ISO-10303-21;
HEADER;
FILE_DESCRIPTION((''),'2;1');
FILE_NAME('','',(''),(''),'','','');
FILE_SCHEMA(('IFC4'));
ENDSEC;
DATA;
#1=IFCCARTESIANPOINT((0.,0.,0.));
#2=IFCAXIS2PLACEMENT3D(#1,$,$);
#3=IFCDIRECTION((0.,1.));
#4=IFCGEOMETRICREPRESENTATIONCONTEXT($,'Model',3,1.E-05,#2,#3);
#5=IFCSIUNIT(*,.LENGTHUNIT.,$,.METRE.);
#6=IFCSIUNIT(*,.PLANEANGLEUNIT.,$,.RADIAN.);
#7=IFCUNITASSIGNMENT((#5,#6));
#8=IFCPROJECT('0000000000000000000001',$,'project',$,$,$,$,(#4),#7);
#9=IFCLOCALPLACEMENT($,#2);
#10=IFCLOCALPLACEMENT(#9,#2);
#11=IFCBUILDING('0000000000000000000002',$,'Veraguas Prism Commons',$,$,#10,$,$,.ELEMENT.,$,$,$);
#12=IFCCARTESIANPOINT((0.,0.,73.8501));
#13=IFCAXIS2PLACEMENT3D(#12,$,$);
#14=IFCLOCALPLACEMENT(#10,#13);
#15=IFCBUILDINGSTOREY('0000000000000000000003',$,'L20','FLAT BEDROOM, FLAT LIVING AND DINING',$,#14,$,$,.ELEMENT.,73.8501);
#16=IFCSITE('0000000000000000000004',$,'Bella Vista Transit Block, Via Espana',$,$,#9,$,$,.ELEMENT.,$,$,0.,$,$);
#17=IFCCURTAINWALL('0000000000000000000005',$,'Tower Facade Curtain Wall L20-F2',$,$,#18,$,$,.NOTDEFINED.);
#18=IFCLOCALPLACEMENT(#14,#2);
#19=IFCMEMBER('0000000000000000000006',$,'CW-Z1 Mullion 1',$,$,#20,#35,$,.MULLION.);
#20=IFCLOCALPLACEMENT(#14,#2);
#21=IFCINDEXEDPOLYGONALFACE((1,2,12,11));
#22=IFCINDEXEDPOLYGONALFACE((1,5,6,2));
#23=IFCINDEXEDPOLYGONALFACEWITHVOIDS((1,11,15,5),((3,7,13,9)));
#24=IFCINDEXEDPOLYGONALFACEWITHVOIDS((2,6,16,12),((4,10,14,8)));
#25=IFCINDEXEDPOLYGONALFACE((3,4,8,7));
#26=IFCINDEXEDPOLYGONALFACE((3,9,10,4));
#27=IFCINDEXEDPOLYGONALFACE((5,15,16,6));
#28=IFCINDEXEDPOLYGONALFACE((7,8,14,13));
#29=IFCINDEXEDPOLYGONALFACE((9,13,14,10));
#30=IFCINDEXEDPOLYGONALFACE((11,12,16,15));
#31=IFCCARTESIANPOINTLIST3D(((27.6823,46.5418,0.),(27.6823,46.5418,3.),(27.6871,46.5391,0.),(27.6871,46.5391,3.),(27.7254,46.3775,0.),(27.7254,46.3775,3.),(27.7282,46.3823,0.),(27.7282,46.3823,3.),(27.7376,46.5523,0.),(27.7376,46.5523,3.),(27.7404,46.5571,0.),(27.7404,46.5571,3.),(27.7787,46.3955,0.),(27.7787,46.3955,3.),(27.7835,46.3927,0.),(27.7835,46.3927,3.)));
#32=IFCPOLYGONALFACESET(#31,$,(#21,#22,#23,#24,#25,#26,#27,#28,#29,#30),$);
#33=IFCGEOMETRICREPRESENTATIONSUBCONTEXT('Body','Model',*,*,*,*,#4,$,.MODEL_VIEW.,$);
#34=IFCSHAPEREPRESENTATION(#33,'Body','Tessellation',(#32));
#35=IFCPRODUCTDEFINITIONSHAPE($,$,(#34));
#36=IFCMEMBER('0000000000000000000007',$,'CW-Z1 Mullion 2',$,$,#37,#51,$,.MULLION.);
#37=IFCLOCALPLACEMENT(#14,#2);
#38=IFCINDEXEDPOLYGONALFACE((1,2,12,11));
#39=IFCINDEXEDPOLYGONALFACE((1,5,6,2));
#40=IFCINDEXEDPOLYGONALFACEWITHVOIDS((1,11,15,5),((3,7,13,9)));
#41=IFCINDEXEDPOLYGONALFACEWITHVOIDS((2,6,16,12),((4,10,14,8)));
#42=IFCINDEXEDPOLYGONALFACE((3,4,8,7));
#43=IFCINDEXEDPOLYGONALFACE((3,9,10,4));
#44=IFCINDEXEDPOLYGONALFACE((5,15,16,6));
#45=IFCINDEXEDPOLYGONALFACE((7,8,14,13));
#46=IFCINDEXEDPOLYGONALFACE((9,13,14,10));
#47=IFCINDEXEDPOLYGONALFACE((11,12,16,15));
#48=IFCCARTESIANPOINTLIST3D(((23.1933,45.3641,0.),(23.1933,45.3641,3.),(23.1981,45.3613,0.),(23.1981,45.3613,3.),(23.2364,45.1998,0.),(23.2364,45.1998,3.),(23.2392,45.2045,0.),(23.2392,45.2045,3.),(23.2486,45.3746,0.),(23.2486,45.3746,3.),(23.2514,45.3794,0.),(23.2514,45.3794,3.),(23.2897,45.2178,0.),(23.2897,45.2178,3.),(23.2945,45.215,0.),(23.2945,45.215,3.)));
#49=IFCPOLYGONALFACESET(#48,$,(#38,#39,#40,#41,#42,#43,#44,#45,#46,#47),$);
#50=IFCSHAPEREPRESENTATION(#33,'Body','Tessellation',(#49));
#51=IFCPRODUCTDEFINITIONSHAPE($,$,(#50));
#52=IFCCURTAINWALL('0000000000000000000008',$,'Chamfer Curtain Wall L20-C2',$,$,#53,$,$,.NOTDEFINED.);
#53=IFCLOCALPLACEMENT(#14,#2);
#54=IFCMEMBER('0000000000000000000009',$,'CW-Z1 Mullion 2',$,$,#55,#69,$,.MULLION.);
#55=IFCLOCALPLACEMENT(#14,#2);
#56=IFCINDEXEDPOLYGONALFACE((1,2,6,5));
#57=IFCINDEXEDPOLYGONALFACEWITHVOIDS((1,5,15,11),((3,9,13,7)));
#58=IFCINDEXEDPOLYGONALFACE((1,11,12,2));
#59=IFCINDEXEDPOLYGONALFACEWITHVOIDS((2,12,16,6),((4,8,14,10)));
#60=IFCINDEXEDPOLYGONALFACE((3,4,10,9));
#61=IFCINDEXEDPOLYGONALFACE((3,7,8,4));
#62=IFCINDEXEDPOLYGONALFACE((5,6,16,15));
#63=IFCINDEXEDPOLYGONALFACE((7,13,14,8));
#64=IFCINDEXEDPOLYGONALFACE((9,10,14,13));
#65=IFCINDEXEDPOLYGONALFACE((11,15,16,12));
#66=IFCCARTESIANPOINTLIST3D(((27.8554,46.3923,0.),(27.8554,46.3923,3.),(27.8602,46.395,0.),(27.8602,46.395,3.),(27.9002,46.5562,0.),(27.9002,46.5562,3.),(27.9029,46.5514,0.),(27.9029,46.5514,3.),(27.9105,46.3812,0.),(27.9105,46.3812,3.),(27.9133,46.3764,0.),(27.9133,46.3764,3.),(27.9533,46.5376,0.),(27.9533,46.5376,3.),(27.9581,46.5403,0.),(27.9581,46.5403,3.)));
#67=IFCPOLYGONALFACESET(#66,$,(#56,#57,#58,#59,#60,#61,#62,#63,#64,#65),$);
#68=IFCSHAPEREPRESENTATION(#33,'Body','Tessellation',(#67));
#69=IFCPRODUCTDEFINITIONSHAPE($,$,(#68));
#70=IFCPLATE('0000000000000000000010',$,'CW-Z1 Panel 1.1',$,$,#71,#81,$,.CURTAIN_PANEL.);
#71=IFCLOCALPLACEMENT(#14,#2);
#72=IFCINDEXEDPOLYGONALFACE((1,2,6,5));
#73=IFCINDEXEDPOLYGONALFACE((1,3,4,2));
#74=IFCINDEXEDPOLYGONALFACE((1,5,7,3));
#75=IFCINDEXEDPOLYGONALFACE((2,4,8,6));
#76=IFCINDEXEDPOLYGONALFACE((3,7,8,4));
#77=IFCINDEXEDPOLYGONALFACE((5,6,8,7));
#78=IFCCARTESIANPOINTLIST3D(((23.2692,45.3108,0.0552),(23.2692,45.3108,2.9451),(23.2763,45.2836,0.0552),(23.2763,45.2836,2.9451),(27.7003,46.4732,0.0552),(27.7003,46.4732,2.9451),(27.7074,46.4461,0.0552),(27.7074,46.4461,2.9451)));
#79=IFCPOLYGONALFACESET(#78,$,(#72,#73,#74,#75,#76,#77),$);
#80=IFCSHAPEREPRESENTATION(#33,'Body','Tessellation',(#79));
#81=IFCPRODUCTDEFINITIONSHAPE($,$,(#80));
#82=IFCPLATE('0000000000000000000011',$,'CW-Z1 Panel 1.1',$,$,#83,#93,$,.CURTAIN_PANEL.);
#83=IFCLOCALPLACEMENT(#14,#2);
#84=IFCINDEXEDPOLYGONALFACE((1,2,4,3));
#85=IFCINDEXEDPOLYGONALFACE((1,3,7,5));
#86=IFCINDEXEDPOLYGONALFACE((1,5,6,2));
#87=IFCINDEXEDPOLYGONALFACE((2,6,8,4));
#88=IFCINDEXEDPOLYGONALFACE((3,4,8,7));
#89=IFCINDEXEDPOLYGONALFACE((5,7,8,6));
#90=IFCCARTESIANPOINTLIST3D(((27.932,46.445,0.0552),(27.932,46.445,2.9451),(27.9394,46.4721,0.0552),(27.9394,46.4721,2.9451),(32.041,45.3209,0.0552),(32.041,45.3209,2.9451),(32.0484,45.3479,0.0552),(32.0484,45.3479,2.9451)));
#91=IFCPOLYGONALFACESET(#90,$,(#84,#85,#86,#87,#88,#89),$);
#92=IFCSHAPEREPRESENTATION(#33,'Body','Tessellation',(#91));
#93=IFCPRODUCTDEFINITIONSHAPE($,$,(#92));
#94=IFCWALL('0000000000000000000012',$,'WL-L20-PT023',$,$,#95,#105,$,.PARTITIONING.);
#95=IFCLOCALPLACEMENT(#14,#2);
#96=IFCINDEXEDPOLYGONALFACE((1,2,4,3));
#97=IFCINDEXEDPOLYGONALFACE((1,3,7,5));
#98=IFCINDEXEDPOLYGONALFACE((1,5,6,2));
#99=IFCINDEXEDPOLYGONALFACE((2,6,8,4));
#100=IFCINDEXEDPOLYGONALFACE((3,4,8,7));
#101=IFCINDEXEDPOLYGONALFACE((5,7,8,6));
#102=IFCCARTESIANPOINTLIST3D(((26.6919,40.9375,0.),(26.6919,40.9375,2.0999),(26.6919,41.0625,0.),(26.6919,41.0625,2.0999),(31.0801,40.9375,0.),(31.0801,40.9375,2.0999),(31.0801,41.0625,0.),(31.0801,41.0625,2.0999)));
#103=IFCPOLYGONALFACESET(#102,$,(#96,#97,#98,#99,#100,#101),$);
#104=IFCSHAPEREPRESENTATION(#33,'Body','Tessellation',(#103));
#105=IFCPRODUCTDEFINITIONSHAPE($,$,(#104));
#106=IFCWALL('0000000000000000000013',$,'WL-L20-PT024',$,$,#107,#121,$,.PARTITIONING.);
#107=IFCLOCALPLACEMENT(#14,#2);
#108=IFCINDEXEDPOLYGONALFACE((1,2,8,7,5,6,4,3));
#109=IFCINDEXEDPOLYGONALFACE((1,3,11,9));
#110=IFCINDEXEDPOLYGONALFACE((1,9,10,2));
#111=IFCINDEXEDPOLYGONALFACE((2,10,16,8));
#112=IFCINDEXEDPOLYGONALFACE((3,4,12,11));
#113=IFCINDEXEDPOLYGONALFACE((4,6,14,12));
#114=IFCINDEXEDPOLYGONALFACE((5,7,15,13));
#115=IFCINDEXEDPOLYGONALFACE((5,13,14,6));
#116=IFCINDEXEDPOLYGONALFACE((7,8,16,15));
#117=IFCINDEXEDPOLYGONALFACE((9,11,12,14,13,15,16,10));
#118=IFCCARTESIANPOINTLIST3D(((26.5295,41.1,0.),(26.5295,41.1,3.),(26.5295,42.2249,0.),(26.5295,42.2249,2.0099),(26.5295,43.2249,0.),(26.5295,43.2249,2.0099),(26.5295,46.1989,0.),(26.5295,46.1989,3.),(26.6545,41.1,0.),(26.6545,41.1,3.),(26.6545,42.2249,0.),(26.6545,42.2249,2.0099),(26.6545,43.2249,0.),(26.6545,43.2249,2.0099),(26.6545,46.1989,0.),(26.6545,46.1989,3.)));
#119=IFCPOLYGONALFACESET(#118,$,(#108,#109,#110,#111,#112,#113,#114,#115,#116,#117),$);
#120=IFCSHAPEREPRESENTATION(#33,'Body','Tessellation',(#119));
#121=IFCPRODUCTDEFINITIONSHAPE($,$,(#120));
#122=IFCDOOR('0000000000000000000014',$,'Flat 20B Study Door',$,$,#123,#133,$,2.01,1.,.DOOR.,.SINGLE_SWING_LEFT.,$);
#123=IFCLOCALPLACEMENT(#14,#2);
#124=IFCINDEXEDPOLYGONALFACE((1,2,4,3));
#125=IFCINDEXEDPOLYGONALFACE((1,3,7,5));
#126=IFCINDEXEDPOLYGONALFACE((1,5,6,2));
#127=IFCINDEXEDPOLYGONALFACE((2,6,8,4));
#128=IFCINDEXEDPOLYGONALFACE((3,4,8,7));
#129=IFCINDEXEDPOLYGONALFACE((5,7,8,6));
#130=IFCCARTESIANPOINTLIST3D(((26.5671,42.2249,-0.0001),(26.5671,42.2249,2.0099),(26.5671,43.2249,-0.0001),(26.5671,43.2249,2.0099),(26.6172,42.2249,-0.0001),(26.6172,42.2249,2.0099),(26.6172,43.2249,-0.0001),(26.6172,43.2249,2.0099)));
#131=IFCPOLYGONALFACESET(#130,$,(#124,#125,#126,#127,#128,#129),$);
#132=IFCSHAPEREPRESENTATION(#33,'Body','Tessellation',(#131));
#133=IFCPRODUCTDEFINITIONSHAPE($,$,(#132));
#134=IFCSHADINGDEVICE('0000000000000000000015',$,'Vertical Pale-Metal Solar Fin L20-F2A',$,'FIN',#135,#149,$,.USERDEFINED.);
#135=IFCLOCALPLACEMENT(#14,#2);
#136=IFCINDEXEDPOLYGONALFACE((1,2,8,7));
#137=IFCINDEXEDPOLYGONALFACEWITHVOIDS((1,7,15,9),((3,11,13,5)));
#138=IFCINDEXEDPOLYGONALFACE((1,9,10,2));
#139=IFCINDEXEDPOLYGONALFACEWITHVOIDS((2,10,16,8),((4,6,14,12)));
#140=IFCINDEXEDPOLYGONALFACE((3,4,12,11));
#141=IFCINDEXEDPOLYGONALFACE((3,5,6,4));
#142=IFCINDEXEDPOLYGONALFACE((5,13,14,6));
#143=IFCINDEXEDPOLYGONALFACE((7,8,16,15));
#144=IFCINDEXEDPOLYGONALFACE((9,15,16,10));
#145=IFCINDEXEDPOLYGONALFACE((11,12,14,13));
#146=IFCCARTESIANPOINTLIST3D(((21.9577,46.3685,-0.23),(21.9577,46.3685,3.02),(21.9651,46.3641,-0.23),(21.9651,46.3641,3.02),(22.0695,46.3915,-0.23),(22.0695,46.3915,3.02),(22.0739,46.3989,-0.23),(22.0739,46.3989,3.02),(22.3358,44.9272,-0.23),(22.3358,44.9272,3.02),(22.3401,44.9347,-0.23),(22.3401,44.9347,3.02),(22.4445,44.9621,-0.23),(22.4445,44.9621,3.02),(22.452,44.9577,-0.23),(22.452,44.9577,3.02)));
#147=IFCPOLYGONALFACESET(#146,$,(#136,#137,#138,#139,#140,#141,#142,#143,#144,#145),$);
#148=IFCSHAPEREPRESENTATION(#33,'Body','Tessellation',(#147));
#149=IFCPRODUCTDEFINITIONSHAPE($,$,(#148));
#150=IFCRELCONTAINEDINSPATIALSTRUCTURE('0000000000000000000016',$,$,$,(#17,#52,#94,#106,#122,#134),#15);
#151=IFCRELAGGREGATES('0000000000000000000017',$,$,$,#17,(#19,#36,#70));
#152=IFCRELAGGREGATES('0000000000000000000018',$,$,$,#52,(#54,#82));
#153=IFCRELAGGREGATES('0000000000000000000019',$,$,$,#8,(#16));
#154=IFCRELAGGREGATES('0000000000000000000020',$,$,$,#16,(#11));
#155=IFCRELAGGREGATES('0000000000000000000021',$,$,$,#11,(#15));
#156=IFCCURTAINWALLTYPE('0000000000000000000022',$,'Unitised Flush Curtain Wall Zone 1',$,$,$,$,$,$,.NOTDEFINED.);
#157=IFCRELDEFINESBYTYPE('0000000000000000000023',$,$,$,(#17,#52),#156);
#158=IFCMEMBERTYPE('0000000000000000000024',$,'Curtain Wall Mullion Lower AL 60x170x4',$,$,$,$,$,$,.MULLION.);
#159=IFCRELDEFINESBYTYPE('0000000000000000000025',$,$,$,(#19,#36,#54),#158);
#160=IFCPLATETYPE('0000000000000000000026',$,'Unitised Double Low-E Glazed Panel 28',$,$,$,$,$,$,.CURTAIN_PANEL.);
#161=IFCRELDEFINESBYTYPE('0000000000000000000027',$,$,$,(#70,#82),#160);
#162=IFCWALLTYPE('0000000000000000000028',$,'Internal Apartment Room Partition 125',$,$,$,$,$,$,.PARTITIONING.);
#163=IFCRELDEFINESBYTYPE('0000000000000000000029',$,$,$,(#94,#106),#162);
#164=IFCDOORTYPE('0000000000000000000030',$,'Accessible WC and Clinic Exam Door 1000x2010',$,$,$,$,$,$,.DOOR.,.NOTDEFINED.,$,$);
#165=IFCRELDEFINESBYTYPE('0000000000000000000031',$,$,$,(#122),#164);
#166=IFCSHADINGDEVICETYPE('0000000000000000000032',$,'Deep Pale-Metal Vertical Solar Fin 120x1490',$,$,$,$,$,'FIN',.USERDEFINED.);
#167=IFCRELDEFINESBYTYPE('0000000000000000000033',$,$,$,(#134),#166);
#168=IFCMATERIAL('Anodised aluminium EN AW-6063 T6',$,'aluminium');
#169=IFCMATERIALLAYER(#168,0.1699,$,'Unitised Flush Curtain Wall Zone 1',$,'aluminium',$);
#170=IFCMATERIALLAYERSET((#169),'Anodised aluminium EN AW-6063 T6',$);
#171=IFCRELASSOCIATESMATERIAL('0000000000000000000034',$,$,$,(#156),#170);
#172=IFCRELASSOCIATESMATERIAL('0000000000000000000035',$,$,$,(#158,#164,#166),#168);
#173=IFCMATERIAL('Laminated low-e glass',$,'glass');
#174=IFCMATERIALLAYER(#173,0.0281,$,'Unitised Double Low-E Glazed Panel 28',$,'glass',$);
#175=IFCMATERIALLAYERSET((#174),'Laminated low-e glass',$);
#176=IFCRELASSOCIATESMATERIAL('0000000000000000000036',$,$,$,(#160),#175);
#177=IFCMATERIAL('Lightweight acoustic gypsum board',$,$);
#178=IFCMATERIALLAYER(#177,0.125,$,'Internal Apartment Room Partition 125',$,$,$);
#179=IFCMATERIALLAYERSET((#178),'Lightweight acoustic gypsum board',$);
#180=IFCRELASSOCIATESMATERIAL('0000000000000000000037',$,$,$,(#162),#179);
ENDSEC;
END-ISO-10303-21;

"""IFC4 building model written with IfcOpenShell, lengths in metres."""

from ifc_helpers import new_model, si_unit, direction, frame, frame_2d, origin, origin_2d, place, context, subcontext, project, spatial, rectangle, hollow_rectangle, extrude, source, transform, mapped, material, layer, layer_set, material_profile, profile_set, type_object, element, fill, aggregate, save


model = new_model("IFC4")

# Units and contexts
model_context = context("Model", 3, precision=1e-05, world=origin(), true_north=direction((0.0, 1.0)))
body_context = subcontext(model_context, "Body", "Model", "MODEL_VIEW")
ifc_project = project(units=[si_unit("LENGTHUNIT", "METRE"), si_unit("PLANEANGLEUNIT", "RADIAN")], contexts=[model_context])

# Site, building, storey
site_placement = place(None, origin())
site = spatial("IfcSite", under=ifc_project, at=site_placement, Name="Bella Vista Transit Block, Via Espana", CompositionType="ELEMENT", RefElevation=0.0)
building_placement = place(site_placement, origin())
building = spatial("IfcBuilding", under=site, at=building_placement, Name="Veraguas Prism Commons", CompositionType="ELEMENT")
storey_placement = place(building_placement, frame((0.0, 0.0, 73.8501)))
storey = spatial("IfcBuildingStorey", under=building, at=storey_placement, Name="L20", Description="FLAT BEDROOM, FLAT LIVING AND DINING", CompositionType="ELEMENT", Elevation=73.8501)

# Curtain wall, members
ifc_material_1 = material(Name="Anodised aluminium EN AW-6063 T6", Category="aluminium")
ifc_layer_1 = layer(ifc_material_1, 0.1699, Name="Unitised Flush Curtain Wall Zone 1", Category="aluminium")
ifc_layer_set_1 = layer_set([ifc_layer_1], Name="Anodised aluminium EN AW-6063 T6")
curtain_wall_type = type_object("IfcCurtainWallType", Name="Unitised Flush Curtain Wall Zone 1", PredefinedType="NOTDEFINED", material=ifc_layer_set_1)
curtain_wall_1_placement = place(storey_placement, origin())
curtain_wall_1 = element("IfcCurtainWall", 1, at=curtain_wall_1_placement, inside=storey, type_object=curtain_wall_type, Name="Tower Facade Curtain Wall L20-F2", PredefinedType="NOTDEFINED")
ifc_material_profile_1 = material_profile(ifc_material_1, hollow_rectangle(XDim=0.0601, YDim=0.1699, WallThickness=0.0039, at=origin_2d()), Name="AL60X170X4")
ifc_profile_set_1 = profile_set([ifc_material_profile_1], Name="Anodised aluminium EN AW-6063 T6")
member_type_1 = type_object("IfcMemberType", Name="Curtain Wall Mullion Lower AL 60x170x4", PredefinedType="MULLION", material=ifc_profile_set_1)
shared_shape_1 = source(origin(), body_context, "Body", "SweptSolid", [
    extrude(hollow_rectangle(XDim=0.0601, YDim=0.1699, WallThickness=0.0039, at=origin_2d()), origin(), (0.0, 0.0, 1.0), 3.0),
])
member_1_placement = place(storey_placement, frame((27.7329, 46.4673, 0.0), z_axis=(0.0, 0.0, 1.0), x_axis=(-0.967267, -0.25376, 0.0)))
member_1 = element("IfcMember", 2, at=member_1_placement, type_object=member_type_1, Name="CW-Z1 Mullion 1", PredefinedType="MULLION", context=body_context, shape_type="MappedRepresentation", body=[
    mapped(shared_shape_1, transform((0.0, 0.0, 0.0), scale=1.0)),
])
member_2_placement = place(storey_placement, frame((23.2439, 45.2896, 0.0), z_axis=(0.0, 0.0, 1.0), x_axis=(-0.967267, -0.25376, 0.0)))
member_2 = element("IfcMember", 3, at=member_2_placement, type_object=member_type_1, Name="CW-Z1 Mullion 2", PredefinedType="MULLION", context=body_context, shape_type="MappedRepresentation", body=[
    mapped(shared_shape_1, transform((0.0, 0.0, 0.0), scale=1.0)),
])

# Curtain wall, member
curtain_wall_2_placement = place(storey_placement, origin())
curtain_wall_2 = element("IfcCurtainWall", 4, at=curtain_wall_2_placement, inside=storey, type_object=curtain_wall_type, Name="Chamfer Curtain Wall L20-C2", PredefinedType="NOTDEFINED")
member_3_placement = place(storey_placement, frame((27.9067, 46.4663, 0.0), z_axis=(0.0, 0.0, 1.0), x_axis=(-0.964554, 0.263885, 0.0)))
member_3 = element("IfcMember", 5, at=member_3_placement, type_object=member_type_1, Name="CW-Z1 Mullion 2", PredefinedType="MULLION", context=body_context, shape_type="MappedRepresentation", body=[
    mapped(shared_shape_1, transform((0.0, 0.0, 0.0), scale=1.0)),
])

# Plates
ifc_material_2 = material(Name="Laminated low-e glass", Category="glass")
ifc_layer_2 = layer(ifc_material_2, 0.0281, Name="Unitised Double Low-E Glazed Panel 28", Category="glass")
ifc_layer_set_2 = layer_set([ifc_layer_2], Name="Laminated low-e glass")
plate_type = type_object("IfcPlateType", Name="Unitised Double Low-E Glazed Panel 28", PredefinedType="CURTAIN_PANEL", material=ifc_layer_set_2)
shared_shape_2 = source(origin(), body_context, "Body", "SweptSolid", [
    extrude(rectangle(XDim=4.5811, YDim=0.0281, at=origin_2d()), origin(), (0.0, 0.0, 1.0), 2.8899),
])
plate_1_placement = place(storey_placement, frame((25.4883, 45.8784, 0.0552), z_axis=(0.0, 0.0, 1.0), x_axis=(-0.967267, -0.25376, 0.0)))
plate_1 = element("IfcPlate", 6, at=plate_1_placement, type_object=plate_type, Name="CW-Z1 Panel 1.1", PredefinedType="CURTAIN_PANEL", context=body_context, shape_type="MappedRepresentation", body=[
    mapped(shared_shape_2, transform((0.0, 0.0, 0.0), scale=1.0)),
])
aggregate(curtain_wall_1, [member_1, member_2, plate_1])
shared_shape_3 = source(origin(), body_context, "Body", "SweptSolid", [
    extrude(rectangle(XDim=4.26, YDim=0.0281, at=origin_2d()), origin(), (0.0, 0.0, 1.0), 2.8899),
])
plate_2_placement = place(storey_placement, frame((29.9902, 45.8965, 0.0552), z_axis=(0.0, 0.0, 1.0), x_axis=(-0.964554, 0.263885, 0.0)))
plate_2 = element("IfcPlate", 7, at=plate_2_placement, type_object=plate_type, Name="CW-Z1 Panel 1.1", PredefinedType="CURTAIN_PANEL", context=body_context, shape_type="MappedRepresentation", body=[
    mapped(shared_shape_3, transform((0.0, 0.0, 0.0), scale=1.0)),
])
aggregate(curtain_wall_2, [member_3, plate_2])

# Wall
ifc_material_3 = material(Name="Lightweight acoustic gypsum board")
ifc_layer_3 = layer(ifc_material_3, 0.125, Name="Internal Apartment Room Partition 125")
ifc_layer_set_3 = layer_set([ifc_layer_3], Name="Lightweight acoustic gypsum board")
wall_type = type_object("IfcWallType", Name="Internal Apartment Room Partition 125", PredefinedType="PARTITIONING", material=ifc_layer_set_3)
wall_1_placement = place(storey_placement, frame((26.6919, 41.0, 0.0), z_axis=(0.0, 0.0, 1.0), x_axis=(1.0, 0.0, 0.0)))
element("IfcWall", 8, at=wall_1_placement, inside=storey, type_object=wall_type, Name="WL-L20-PT023", PredefinedType="PARTITIONING", context=body_context, shape_type="SweptSolid", body=[
    extrude(rectangle(XDim=4.3882, YDim=0.125, at=frame_2d((2.1941, 0.0))), origin(), (0.0, 0.0, 1.0), 2.0999),
])

# Wall, opening, door
wall_2_placement = place(storey_placement, frame((26.592, 41.1001, 0.0), z_axis=(0.0, 0.0, 1.0), x_axis=(0.0, 1.0, 0.0)))
wall_2 = element("IfcWall", 9, at=wall_2_placement, inside=storey, type_object=wall_type, Name="WL-L20-PT024", PredefinedType="PARTITIONING", context=body_context, shape_type="SweptSolid", body=[
    extrude(rectangle(XDim=5.0989, YDim=0.125, at=frame_2d((2.5493, 0.0))), origin(), (0.0, 0.0, 1.0), 3.0),
])
opening_placement = place(wall_2_placement, frame((1.1248, 0.0, 0.0)))
opening = element("IfcOpeningElement", 10, at=opening_placement, cuts=wall_2, PredefinedType="OPENING", context=body_context, shape_type="SweptSolid", body=[
    extrude(rectangle(XDim=1.0, YDim=2.01, at=frame_2d((0.5, 1.0049))), frame((0.0, 0.0725, 0.0), z_axis=(0.0, -1.0, 0.0), x_axis=(1.0, 0.0, 0.0)), (0.0, 0.0, 1.0), 0.145),
])
door_type = type_object("IfcDoorType", Name="Accessible WC and Clinic Exam Door 1000x2010", OperationType="NOTDEFINED", PredefinedType="DOOR", material=ifc_material_1)
shared_shape_4 = source(origin(), body_context, "Body", "SweptSolid", [
    extrude(rectangle(XDim=1.0, YDim=2.01, at=frame_2d((0.5, 1.0049))), frame((0.0, 0.0249, 0.0), z_axis=(0.0, -1.0, 0.0), x_axis=(1.0, 0.0, 0.0)), (0.0, 0.0, 1.0), 0.05),
])
door_placement = place(opening_placement, origin())
door = element("IfcDoor", 11, at=door_placement, inside=storey, type_object=door_type, Name="Flat 20B Study Door", OperationType="SINGLE_SWING_LEFT", OverallHeight=2.01, OverallWidth=1.0, PredefinedType="DOOR", context=body_context, shape_type="MappedRepresentation", body=[
    mapped(shared_shape_4, transform((0.0, 0.0, 0.0), scale=1.0)),
])
fill(opening, door)

# Shading device
ifc_material_profile_2 = material_profile(ifc_material_1, hollow_rectangle(XDim=0.1201, YDim=1.49, WallThickness=0.0061, at=origin_2d()), Name="FIN120X1490X6")
ifc_profile_set_2 = profile_set([ifc_material_profile_2], Name="Anodised aluminium EN AW-6063 T6")
shading_device_type = type_object("IfcShadingDeviceType", Name="Deep Pale-Metal Vertical Solar Fin 120x1490", ElementType="FIN", PredefinedType="USERDEFINED", material=ifc_profile_set_2)
shading_device_placement = place(storey_placement, frame((22.2048, 45.6631, -0.23), z_axis=(0.0, 0.0, 1.0), x_axis=(-0.967268, -0.253758, 0.0)))
element("IfcShadingDevice", 12, at=shading_device_placement, inside=storey, type_object=shading_device_type, Name="Vertical Pale-Metal Solar Fin L20-F2A", ObjectType="FIN", PredefinedType="USERDEFINED", context=body_context, shape_type="SweptSolid", body=[
    extrude(hollow_rectangle(XDim=0.1201, YDim=1.49, WallThickness=0.0061, at=origin_2d()), origin(), (0.0, 0.0, 1.0), 3.25),
])

save(model, "model.ifc")
